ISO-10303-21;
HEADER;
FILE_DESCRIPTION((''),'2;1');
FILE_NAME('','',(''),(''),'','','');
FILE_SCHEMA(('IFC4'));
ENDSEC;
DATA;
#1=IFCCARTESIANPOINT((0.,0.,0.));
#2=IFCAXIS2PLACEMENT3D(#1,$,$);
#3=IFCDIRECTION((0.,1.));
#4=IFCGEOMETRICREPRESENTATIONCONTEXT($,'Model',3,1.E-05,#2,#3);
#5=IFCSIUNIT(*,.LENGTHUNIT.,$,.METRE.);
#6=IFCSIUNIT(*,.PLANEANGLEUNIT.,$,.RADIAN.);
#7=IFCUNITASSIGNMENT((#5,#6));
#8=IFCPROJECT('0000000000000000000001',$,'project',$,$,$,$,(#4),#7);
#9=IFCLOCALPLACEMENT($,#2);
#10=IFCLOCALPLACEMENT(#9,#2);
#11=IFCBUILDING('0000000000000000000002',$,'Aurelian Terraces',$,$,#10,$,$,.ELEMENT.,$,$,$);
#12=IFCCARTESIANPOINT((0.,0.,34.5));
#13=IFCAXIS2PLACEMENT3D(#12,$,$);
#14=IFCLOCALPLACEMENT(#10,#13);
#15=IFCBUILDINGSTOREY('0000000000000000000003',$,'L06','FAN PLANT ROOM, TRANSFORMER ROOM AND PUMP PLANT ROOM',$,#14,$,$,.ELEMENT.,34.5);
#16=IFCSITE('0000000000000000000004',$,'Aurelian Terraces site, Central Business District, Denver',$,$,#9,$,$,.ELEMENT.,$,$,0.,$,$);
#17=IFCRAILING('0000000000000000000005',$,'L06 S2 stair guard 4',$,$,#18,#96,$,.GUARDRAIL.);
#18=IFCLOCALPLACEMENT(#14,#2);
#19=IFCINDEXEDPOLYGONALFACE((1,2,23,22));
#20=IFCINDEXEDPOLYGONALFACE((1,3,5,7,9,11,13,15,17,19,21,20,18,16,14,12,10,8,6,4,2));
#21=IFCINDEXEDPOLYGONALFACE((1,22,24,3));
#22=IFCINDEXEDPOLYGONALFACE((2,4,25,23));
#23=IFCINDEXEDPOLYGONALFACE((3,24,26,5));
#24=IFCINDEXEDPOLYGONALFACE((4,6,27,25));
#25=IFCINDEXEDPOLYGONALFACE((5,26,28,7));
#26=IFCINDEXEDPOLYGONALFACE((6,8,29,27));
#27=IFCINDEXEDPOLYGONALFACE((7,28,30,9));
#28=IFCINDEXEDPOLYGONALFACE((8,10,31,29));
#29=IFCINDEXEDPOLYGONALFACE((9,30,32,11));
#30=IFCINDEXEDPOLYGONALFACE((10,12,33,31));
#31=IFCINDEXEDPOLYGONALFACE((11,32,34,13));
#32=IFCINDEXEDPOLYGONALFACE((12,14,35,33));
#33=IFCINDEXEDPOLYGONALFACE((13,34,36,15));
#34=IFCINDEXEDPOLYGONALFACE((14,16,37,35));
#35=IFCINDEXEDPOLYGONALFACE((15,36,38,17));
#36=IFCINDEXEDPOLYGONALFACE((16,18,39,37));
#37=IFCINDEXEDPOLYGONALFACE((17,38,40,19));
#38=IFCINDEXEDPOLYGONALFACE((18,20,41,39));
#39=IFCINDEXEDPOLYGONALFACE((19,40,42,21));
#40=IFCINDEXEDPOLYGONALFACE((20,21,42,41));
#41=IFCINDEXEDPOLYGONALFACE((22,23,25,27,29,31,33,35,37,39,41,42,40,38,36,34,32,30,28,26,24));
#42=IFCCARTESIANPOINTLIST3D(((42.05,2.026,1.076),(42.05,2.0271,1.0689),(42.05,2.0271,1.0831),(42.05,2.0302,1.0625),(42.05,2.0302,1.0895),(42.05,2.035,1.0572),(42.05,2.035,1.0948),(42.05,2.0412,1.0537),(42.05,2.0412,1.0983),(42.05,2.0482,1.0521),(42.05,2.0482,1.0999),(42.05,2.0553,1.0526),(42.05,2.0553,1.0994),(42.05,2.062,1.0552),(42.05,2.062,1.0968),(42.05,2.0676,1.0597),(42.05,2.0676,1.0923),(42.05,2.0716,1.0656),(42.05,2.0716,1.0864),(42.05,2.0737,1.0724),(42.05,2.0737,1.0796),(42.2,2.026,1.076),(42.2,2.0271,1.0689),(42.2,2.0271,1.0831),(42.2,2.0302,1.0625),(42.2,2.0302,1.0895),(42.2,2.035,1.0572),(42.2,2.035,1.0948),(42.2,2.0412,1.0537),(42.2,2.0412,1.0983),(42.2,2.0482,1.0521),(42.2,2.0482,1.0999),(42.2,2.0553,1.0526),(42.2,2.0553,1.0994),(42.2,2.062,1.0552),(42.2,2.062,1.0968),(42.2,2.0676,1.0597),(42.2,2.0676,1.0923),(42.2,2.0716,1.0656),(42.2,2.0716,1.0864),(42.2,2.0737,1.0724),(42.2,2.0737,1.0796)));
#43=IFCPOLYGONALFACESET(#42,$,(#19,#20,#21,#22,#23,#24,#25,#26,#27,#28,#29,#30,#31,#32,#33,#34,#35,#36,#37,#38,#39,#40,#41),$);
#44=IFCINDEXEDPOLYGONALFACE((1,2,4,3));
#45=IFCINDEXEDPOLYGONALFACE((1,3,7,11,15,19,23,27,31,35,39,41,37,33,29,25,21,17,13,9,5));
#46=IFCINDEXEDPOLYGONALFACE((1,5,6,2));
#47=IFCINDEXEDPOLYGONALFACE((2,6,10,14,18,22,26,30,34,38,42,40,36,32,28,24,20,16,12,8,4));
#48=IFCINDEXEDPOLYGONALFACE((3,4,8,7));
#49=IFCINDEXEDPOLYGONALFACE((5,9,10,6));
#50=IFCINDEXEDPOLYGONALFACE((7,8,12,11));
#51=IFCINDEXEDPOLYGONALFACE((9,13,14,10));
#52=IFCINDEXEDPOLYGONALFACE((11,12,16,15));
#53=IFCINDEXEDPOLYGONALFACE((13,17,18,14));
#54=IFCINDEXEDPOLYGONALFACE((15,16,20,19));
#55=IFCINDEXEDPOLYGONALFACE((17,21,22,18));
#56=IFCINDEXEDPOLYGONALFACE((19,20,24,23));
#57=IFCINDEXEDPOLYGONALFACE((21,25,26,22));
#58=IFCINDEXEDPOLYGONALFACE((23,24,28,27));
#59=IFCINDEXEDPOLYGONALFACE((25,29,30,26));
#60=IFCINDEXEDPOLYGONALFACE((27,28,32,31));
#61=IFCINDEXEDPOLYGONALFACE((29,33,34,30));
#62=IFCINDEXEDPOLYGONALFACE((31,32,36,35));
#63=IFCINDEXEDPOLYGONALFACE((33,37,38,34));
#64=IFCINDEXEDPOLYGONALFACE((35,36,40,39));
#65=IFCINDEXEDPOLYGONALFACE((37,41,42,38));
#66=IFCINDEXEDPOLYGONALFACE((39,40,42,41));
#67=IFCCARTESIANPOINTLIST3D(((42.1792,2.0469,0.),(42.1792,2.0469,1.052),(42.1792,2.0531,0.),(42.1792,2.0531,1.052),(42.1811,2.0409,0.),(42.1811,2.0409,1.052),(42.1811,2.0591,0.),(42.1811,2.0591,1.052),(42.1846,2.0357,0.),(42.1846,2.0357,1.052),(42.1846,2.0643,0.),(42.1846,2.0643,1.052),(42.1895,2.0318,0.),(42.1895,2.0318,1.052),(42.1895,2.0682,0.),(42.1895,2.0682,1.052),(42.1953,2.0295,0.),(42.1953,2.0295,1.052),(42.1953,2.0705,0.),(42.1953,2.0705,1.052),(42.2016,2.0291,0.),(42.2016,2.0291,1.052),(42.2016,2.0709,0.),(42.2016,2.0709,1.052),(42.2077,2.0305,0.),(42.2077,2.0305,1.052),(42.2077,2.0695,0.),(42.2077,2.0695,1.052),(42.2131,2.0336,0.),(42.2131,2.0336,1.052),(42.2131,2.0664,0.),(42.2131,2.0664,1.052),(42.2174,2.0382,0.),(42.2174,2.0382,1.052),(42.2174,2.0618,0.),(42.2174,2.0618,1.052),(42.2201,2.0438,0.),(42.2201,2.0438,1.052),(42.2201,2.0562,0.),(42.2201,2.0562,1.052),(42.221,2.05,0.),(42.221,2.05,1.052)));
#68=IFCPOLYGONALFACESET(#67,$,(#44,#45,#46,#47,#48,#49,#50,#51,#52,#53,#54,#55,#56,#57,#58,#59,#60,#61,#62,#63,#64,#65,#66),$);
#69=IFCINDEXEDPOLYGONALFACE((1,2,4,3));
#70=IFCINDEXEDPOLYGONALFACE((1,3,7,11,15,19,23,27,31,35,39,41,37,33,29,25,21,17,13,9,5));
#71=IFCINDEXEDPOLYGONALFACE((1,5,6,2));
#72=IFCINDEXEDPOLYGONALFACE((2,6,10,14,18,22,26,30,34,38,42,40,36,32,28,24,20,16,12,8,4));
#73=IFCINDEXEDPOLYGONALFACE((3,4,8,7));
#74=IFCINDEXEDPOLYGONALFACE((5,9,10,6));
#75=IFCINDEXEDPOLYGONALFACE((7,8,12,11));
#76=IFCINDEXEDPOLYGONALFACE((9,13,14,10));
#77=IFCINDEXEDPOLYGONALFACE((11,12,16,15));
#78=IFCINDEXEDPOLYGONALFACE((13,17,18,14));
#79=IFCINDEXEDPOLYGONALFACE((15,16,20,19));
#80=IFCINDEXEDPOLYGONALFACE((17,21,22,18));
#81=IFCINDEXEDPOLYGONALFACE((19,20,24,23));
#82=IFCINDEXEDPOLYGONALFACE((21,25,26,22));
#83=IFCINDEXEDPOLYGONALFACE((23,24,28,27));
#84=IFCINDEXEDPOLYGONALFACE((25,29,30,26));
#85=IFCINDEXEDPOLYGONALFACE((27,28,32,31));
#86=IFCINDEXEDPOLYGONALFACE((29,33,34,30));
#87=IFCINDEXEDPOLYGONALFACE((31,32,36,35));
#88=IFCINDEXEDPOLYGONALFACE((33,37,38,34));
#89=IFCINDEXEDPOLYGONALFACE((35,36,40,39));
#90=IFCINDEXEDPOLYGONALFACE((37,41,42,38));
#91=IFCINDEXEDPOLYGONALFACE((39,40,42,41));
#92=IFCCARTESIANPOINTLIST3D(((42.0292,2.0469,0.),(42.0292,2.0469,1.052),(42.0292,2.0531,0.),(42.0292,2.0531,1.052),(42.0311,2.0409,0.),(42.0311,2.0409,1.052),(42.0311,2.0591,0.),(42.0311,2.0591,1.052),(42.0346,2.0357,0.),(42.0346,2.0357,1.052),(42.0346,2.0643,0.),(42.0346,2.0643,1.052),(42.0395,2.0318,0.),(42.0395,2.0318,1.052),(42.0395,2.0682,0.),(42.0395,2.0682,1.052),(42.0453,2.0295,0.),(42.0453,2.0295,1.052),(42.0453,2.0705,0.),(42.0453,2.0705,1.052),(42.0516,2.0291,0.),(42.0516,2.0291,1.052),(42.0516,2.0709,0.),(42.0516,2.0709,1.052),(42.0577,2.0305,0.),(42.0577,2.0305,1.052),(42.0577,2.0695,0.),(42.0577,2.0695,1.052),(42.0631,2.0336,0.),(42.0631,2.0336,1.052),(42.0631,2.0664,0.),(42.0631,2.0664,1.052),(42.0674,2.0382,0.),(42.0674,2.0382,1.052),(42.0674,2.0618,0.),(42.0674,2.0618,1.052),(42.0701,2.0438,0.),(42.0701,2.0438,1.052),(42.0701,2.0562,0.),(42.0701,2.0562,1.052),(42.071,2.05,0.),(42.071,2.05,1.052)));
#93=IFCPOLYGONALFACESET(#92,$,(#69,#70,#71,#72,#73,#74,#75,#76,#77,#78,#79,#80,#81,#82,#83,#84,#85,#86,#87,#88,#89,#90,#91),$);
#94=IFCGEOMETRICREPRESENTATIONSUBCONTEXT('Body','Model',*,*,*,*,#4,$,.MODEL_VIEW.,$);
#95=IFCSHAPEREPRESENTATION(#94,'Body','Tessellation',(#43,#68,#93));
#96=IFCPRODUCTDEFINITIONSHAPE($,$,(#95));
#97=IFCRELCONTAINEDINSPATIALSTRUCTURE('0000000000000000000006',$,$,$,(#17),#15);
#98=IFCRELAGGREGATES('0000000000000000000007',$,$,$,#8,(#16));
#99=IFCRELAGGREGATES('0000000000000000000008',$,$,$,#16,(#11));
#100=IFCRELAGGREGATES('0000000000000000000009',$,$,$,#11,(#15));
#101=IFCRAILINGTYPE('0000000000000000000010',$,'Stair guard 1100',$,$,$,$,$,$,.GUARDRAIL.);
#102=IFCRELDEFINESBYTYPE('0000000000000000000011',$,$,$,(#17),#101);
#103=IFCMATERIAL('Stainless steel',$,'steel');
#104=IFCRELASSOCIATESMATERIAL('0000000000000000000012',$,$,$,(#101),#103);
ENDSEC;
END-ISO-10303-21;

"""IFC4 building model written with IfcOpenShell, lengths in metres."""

from ifc_helpers import new_model, si_unit, direction, frame, origin, origin_2d, place, context, subcontext, project, spatial, circle, extrude, source, transform, mapped, material, type_object, element, save


model = new_model("IFC4")

# Units and contexts
model_context = context("Model", 3, precision=1e-05, world=origin(), true_north=direction((0.0, 1.0)))
body_context = subcontext(model_context, "Body", "Model", "MODEL_VIEW")
ifc_project = project(units=[si_unit("LENGTHUNIT", "METRE"), si_unit("PLANEANGLEUNIT", "RADIAN")], contexts=[model_context])

# Site, building, storey
site_placement = place(None, origin())
site = spatial("IfcSite", under=ifc_project, at=site_placement, Name="Aurelian Terraces site, Central Business District, Denver", CompositionType="ELEMENT", RefElevation=0.0)
building_placement = place(site_placement, origin())
building = spatial("IfcBuilding", under=site, at=building_placement, Name="Aurelian Terraces", CompositionType="ELEMENT")
storey_placement = place(building_placement, frame((0.0, 0.0, 34.5)))
storey = spatial("IfcBuildingStorey", under=building, at=storey_placement, Name="L06", Description="FAN PLANT ROOM, TRANSFORMER ROOM AND PUMP PLANT ROOM", CompositionType="ELEMENT", Elevation=34.5)

# Railing
ifc_material_1 = material(Name="Stainless steel", Category="steel")
railing_type_1 = type_object("IfcRailingType", Name="Stair guard 1100", PredefinedType="GUARDRAIL", material=ifc_material_1)
shared_shape_1 = source(origin(), body_context, "Body", "SweptSolid", [
    extrude(circle(Radius=0.024, at=origin_2d()), frame((0.0, 0.0, 1.076), z_axis=(-1.0, 0.0, 0.0), x_axis=(0.0, -1.0, 0.0)), (0.0, 0.0, 1.0), 0.15),
    extrude(circle(Radius=0.021, at=origin_2d()), origin(), (0.0, 0.0, 1.0), 1.052),
    extrude(circle(Radius=0.021, at=origin_2d()), frame((-0.15, 0.0, 0.0)), (0.0, 0.0, 1.0), 1.052),
])
railing_1_placement = place(storey_placement, frame((42.2, 2.05, 0.0)))
element("IfcRailing", 1, at=railing_1_placement, inside=storey, type_object=railing_type_1, Name="L06 S2 stair guard 4", PredefinedType="GUARDRAIL", context=body_context, shape_type="MappedRepresentation", body=[
    mapped(shared_shape_1, transform((0.0, 0.0, 0.0), scale=1.0)),
])

save(model, "model.ifc")
